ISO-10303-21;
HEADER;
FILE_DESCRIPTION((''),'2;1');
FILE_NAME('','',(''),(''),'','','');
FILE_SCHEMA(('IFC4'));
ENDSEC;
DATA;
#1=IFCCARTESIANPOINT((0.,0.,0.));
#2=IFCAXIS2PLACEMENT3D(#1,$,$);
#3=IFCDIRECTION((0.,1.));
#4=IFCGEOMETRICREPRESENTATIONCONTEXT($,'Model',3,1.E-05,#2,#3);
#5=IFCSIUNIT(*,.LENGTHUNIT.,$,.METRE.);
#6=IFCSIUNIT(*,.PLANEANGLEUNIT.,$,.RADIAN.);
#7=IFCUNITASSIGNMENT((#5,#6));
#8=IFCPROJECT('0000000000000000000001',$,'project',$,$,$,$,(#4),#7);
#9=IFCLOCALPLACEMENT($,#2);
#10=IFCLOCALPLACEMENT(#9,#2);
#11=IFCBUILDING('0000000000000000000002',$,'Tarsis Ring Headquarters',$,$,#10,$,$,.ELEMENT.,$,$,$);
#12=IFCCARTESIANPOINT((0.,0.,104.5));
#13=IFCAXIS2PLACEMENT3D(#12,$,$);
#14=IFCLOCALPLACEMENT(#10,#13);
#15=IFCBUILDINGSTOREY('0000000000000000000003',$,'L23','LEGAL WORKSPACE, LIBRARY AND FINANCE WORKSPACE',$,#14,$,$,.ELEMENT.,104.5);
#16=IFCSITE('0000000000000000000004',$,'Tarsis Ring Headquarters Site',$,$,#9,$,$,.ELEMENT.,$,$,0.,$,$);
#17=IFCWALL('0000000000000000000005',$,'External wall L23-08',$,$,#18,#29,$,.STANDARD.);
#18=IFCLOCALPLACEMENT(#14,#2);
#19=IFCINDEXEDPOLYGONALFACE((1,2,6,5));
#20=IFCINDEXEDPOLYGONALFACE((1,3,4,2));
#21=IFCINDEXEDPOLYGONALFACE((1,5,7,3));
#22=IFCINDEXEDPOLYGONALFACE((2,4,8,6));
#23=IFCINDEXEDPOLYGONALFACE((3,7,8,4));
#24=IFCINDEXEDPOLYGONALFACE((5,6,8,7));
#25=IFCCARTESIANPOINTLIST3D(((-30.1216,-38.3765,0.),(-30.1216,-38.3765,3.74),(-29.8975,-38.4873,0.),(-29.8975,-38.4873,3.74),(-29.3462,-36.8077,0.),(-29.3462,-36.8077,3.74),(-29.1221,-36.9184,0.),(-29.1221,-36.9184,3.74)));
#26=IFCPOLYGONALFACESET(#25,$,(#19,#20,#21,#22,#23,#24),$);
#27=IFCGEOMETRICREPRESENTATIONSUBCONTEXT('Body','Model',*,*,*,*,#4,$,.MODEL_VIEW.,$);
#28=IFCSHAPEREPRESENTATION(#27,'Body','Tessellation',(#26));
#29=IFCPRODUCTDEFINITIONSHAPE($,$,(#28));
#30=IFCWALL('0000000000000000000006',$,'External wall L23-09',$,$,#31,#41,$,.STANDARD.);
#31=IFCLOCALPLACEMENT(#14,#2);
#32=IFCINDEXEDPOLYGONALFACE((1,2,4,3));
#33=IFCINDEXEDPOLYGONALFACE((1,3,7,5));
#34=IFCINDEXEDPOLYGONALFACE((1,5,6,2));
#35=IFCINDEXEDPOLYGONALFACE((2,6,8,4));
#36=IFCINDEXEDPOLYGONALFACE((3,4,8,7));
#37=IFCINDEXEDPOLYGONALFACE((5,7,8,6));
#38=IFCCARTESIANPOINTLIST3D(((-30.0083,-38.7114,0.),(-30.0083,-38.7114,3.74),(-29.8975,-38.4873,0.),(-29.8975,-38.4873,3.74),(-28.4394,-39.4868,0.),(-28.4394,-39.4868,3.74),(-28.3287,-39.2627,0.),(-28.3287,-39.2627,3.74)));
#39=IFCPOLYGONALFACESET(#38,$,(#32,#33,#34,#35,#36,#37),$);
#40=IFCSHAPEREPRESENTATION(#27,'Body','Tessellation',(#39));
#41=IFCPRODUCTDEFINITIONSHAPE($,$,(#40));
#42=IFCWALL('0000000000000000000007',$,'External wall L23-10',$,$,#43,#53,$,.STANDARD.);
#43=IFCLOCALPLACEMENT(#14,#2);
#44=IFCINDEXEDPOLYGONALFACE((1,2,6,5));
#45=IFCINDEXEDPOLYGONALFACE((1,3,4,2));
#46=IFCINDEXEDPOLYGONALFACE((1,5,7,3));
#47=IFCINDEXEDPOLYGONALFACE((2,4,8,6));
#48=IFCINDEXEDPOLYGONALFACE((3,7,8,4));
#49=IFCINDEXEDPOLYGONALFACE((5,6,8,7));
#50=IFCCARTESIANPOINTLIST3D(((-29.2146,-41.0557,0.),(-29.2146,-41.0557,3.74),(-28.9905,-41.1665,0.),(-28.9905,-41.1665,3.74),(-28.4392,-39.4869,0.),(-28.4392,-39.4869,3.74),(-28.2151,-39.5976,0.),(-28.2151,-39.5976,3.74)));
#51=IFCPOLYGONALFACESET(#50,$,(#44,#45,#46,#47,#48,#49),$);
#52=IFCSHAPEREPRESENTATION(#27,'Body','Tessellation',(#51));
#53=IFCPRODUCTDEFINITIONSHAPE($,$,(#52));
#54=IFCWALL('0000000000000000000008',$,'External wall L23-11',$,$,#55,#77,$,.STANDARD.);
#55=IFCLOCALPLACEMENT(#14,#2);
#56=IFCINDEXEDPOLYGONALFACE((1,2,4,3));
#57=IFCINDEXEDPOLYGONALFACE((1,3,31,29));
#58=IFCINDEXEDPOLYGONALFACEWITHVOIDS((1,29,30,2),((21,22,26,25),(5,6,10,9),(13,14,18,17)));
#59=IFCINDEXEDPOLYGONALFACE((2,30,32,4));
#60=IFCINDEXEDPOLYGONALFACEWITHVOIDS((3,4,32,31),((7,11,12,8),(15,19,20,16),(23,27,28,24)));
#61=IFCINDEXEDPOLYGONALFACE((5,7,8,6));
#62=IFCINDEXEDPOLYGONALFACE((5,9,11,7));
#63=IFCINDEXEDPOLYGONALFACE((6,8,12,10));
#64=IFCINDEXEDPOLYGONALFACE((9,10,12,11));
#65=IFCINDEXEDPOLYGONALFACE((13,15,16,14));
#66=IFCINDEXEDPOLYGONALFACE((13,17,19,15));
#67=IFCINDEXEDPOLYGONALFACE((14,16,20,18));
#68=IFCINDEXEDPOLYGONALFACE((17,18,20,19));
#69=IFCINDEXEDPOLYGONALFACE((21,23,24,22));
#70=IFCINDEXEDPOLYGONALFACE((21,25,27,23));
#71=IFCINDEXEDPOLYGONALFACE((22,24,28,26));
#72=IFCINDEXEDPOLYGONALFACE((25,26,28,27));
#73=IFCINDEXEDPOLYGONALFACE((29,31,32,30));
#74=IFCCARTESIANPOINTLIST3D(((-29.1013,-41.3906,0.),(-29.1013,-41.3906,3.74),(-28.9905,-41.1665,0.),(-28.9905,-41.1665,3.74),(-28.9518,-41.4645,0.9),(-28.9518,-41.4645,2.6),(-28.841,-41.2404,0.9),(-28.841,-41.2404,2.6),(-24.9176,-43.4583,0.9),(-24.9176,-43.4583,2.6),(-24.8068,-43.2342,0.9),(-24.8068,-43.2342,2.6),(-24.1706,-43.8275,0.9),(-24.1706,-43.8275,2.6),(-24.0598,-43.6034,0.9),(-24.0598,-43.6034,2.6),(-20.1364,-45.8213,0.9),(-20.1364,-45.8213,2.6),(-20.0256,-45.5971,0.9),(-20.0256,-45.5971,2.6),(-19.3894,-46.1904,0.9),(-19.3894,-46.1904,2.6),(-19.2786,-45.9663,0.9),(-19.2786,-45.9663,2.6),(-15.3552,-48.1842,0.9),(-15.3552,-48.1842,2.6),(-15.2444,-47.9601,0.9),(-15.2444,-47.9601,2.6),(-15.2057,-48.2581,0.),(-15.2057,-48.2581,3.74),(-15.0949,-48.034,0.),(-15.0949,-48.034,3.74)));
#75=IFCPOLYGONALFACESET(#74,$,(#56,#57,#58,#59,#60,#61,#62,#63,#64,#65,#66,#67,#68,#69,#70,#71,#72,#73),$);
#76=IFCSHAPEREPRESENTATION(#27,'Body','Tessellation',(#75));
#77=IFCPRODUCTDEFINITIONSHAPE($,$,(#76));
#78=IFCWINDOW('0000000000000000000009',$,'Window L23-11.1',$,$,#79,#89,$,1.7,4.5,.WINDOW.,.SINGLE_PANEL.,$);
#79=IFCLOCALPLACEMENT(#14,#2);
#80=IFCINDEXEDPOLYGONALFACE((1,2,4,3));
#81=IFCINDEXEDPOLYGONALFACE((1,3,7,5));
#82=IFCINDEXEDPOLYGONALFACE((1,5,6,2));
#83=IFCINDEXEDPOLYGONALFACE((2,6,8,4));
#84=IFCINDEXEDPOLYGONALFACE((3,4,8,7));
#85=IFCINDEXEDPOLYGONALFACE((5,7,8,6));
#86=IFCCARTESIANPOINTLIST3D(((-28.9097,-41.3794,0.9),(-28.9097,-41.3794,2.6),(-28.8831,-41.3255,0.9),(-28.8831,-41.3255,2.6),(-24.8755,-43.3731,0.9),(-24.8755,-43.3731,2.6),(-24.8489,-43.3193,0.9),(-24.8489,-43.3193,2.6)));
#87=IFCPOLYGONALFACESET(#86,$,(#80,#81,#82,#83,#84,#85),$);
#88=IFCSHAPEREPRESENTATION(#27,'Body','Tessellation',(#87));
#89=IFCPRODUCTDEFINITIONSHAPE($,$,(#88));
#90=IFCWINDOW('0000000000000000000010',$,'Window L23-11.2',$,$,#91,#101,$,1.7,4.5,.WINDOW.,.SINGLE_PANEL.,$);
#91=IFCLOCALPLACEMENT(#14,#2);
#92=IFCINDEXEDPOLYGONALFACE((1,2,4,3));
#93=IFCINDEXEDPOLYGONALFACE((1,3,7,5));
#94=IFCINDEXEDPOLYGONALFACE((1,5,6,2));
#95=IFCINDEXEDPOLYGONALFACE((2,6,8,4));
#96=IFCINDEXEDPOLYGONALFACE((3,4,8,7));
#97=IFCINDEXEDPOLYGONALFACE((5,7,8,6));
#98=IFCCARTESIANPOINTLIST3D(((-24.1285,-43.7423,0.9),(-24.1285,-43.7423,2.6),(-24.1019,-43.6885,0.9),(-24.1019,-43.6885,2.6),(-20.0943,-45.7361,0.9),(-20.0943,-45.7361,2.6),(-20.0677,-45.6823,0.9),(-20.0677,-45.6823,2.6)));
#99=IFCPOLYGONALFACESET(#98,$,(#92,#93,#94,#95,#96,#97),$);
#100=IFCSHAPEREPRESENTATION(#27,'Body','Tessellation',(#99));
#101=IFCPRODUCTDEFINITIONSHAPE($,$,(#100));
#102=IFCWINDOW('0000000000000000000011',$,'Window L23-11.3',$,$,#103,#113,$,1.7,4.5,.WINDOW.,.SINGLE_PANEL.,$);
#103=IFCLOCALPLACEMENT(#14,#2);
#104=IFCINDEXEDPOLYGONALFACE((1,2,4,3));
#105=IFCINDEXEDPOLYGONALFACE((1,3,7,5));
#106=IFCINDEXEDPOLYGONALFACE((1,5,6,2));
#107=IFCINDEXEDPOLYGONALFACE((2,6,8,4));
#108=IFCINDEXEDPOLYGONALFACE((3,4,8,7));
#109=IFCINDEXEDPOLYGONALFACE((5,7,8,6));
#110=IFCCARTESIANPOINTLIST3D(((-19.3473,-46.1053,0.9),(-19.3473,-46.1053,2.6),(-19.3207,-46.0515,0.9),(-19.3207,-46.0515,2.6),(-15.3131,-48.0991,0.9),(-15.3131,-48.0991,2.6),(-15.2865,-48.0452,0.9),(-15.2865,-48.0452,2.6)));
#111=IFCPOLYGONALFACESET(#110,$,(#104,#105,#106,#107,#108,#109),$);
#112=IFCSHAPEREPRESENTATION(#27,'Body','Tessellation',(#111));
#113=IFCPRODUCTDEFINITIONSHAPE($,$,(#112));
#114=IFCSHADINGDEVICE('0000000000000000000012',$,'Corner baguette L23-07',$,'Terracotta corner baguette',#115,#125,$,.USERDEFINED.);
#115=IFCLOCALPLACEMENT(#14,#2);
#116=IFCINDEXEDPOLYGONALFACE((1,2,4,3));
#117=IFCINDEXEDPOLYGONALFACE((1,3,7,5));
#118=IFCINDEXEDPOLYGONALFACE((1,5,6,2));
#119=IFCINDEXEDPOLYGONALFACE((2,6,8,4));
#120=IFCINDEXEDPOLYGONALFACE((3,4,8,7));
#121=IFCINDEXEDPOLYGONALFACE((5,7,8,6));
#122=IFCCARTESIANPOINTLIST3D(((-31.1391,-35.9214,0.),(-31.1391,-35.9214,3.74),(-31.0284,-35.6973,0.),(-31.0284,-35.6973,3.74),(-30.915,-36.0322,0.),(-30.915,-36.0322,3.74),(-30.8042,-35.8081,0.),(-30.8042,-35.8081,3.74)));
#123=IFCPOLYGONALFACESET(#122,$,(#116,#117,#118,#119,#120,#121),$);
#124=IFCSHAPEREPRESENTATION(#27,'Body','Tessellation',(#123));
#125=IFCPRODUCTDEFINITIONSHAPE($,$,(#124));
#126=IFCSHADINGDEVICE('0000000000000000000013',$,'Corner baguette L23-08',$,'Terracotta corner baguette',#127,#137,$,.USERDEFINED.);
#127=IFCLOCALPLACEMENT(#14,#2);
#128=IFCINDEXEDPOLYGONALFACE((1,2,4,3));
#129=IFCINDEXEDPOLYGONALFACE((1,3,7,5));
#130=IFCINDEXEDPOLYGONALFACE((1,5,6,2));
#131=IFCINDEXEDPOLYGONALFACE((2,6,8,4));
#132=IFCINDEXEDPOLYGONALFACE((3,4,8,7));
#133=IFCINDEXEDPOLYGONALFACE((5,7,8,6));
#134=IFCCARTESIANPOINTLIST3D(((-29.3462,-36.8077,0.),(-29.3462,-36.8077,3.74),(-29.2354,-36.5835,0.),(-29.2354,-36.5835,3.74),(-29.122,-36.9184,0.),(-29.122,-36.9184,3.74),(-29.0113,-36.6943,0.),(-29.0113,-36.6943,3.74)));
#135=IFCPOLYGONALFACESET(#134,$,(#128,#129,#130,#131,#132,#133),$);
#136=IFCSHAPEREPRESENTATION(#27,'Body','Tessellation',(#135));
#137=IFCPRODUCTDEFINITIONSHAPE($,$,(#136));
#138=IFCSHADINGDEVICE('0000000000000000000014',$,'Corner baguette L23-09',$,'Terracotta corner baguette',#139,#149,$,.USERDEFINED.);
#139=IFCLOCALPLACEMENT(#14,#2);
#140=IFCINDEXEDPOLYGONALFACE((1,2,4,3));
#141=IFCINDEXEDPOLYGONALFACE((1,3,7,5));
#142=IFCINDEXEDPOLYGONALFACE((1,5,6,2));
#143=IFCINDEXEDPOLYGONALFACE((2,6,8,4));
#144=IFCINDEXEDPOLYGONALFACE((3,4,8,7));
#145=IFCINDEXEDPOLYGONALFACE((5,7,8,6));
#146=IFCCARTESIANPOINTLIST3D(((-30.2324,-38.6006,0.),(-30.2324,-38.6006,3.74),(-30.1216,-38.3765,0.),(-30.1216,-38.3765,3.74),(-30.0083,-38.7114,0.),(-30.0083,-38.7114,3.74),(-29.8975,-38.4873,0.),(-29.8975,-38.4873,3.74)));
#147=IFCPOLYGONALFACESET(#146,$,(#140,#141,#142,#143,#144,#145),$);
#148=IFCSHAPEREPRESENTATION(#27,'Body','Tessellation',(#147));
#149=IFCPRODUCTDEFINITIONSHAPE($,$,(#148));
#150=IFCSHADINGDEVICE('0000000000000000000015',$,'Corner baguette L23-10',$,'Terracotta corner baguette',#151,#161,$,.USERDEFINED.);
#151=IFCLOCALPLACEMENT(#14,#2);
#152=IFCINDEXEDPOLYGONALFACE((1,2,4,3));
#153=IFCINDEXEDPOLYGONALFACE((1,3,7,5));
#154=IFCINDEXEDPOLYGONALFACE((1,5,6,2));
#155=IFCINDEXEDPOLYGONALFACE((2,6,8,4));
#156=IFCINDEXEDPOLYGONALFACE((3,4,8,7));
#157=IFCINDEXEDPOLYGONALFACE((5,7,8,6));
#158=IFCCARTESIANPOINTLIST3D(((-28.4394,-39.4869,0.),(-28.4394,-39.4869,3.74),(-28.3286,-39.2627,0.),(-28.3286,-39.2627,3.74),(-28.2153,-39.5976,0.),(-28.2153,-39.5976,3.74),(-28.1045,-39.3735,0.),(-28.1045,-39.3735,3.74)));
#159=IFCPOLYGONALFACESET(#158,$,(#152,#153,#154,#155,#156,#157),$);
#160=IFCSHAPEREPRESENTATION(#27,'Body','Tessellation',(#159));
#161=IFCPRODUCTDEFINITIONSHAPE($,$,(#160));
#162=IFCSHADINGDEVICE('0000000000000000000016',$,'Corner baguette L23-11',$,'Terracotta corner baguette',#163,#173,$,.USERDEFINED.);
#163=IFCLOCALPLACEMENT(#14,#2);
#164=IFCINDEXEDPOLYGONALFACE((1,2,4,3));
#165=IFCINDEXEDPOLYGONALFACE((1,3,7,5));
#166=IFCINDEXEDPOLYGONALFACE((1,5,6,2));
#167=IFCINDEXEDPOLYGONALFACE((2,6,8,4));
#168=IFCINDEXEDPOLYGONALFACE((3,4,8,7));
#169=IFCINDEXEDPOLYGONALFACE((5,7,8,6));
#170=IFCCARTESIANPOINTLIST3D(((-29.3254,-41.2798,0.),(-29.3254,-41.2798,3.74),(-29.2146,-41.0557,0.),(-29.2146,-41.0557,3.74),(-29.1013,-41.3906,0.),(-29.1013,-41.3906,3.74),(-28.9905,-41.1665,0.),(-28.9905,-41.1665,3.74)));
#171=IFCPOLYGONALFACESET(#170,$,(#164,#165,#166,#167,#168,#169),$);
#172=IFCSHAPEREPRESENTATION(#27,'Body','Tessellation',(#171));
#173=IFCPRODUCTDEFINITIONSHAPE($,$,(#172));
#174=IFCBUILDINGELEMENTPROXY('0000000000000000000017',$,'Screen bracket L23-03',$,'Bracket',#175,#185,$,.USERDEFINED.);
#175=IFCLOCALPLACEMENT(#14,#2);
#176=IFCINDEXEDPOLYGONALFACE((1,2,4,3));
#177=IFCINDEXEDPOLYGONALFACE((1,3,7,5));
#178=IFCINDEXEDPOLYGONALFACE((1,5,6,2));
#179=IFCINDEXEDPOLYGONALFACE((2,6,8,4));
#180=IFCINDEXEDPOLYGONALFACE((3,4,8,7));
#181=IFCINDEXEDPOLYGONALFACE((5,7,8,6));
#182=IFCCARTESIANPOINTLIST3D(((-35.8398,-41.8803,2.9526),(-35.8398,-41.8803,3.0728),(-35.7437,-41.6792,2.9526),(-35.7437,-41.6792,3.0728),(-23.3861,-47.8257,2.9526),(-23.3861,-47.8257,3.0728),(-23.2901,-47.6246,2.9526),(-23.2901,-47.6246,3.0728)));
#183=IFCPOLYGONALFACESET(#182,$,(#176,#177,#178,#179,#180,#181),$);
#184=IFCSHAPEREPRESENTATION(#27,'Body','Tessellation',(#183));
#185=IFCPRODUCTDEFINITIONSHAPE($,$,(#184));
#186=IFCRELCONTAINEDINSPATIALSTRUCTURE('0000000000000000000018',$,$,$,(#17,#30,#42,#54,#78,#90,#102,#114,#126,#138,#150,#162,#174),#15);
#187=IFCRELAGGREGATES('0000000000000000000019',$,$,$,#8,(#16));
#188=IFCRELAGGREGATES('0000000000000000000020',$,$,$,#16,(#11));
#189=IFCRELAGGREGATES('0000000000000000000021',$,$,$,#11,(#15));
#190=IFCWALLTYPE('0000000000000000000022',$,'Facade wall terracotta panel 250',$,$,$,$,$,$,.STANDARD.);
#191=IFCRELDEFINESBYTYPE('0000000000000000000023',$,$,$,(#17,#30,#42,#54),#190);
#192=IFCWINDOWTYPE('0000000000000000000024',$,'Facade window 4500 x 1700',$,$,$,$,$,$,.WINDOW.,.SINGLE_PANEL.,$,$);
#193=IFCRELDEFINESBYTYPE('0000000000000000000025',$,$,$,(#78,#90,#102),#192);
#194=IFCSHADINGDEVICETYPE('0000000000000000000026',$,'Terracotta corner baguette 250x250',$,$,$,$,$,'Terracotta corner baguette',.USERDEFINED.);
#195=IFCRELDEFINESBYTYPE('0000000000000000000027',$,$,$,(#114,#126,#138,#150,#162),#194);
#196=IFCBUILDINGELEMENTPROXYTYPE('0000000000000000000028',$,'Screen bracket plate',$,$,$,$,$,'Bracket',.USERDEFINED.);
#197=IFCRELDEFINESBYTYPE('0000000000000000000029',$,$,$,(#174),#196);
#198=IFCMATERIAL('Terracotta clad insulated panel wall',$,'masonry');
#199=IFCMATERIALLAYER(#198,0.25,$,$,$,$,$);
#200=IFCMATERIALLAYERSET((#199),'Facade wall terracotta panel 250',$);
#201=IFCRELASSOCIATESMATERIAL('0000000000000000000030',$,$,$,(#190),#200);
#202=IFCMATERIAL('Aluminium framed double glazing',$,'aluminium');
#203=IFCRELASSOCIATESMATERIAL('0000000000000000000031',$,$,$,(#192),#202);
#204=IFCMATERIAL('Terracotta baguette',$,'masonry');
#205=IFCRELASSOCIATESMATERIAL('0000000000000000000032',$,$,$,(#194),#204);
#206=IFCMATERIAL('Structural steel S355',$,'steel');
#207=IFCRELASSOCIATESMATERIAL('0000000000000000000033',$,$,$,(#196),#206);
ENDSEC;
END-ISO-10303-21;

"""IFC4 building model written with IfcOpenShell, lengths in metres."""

from ifc_helpers import new_model, si_unit, direction, frame, frame_2d, origin, origin_2d, place, context, subcontext, project, spatial, rectangle, extrude, material, layer, layer_set, type_object, element, fill, save


model = new_model("IFC4")

# Units and contexts
model_context = context("Model", 3, precision=1e-05, world=origin(), true_north=direction((0.0, 1.0)))
body_context = subcontext(model_context, "Body", "Model", "MODEL_VIEW")
ifc_project = project(units=[si_unit("LENGTHUNIT", "METRE"), si_unit("PLANEANGLEUNIT", "RADIAN")], contexts=[model_context])

# Site, building, storey
site_placement = place(None, origin())
site = spatial("IfcSite", under=ifc_project, at=site_placement, Name="Tarsis Ring Headquarters Site", CompositionType="ELEMENT", RefElevation=0.0)
building_placement = place(site_placement, origin())
building = spatial("IfcBuilding", under=site, at=building_placement, Name="Tarsis Ring Headquarters", CompositionType="ELEMENT")
storey_placement = place(building_placement, frame((0.0, 0.0, 104.5)))
storey = spatial("IfcBuildingStorey", under=building, at=storey_placement, Name="L23", Description="LEGAL WORKSPACE, LIBRARY AND FINANCE WORKSPACE", CompositionType="ELEMENT", Elevation=104.5)

# Shared definitions
ifc_material_1 = material(Name="Structural steel S355", Category="steel")

# Walls
ifc_material_2 = material(Name="Terracotta clad insulated panel wall", Category="masonry")
ifc_layer_1 = layer(ifc_material_2, 0.25)
ifc_layer_set_1 = layer_set([ifc_layer_1], Name="Facade wall terracotta panel 250")
wall_type_1 = type_object("IfcWallType", Name="Facade wall terracotta panel 250", PredefinedType="STANDARD", material=ifc_layer_set_1)
for number, where, z_axis, x_axis, name in (
    (1, (-29.2341, -36.863, 0.0), (0.0, 0.0, 1.0), (-0.443079, -0.896482, 0.0), "External wall L23-08"),
    (2, (-29.9529, -38.5994, 0.0), (0.0, 0.0, 1.0), (0.896482, -0.443079, 0.0), "External wall L23-09"),
    (3, (-28.3271, -39.5422, 0.0), (0.0, 0.0, 1.0), (-0.443079, -0.896482, 0.0), "External wall L23-10"),
):
    element("IfcWall", number, at=place(storey_placement, frame(where, z_axis=z_axis, x_axis=x_axis)), inside=storey, type_object=wall_type_1, Name=name, PredefinedType="STANDARD", context=body_context, shape_type="SweptSolid", body=[
        extrude(rectangle(XDim=1.75, YDim=0.25, at=frame_2d((0.875, 0.0))), origin(), (0.0, 0.0, 1.0), 3.74),
    ])

# Wall, openings, windows
wall_1_placement = place(storey_placement, frame((-29.0459, -41.2786, 0.0), z_axis=(0.0, 0.0, 1.0), x_axis=(0.89649, -0.443063, 0.0)))
wall_1 = element("IfcWall", 4, at=wall_1_placement, inside=storey, type_object=wall_type_1, Name="External wall L23-11", PredefinedType="STANDARD", context=body_context, shape_type="SweptSolid", body=[
    extrude(rectangle(XDim=15.5, YDim=0.25, at=frame_2d((7.75, 0.0))), origin(), (0.0, 0.0, 1.0), 3.74),
])
opening_1_placement = place(wall_1_placement, frame((0.1667, 0.0, 0.8999)))
opening_1 = element("IfcOpeningElement", 5, at=opening_1_placement, cuts=wall_1, PredefinedType="OPENING", context=body_context, shape_type="SweptSolid", body=[
    extrude(rectangle(XDim=4.5, YDim=1.7, at=frame_2d((2.25, 0.8501))), frame((0.0, 0.135, 0.0), z_axis=(0.0, -1.0, 0.0), x_axis=(1.0, 0.0, 0.0)), (0.0, 0.0, 1.0), 0.27),
])
opening_2_placement = place(wall_1_placement, frame((5.5, 0.0, 0.8999)))
opening_2 = element("IfcOpeningElement", 6, at=opening_2_placement, cuts=wall_1, PredefinedType="OPENING", context=body_context, shape_type="SweptSolid", body=[
    extrude(rectangle(XDim=4.5, YDim=1.7, at=frame_2d((2.25, 0.8501))), frame((0.0, 0.135, 0.0), z_axis=(0.0, -1.0, 0.0), x_axis=(1.0, 0.0, 0.0)), (0.0, 0.0, 1.0), 0.27),
])
opening_3_placement = place(wall_1_placement, frame((10.8333, 0.0, 0.8999)))
opening_3 = element("IfcOpeningElement", 7, at=opening_3_placement, cuts=wall_1, PredefinedType="OPENING", context=body_context, shape_type="SweptSolid", body=[
    extrude(rectangle(XDim=4.5, YDim=1.7, at=frame_2d((2.25, 0.8501))), frame((0.0, 0.135, 0.0), z_axis=(0.0, -1.0, 0.0), x_axis=(1.0, 0.0, 0.0)), (0.0, 0.0, 1.0), 0.27),
])
ifc_material_3 = material(Name="Aluminium framed double glazing", Category="aluminium")
window_type = type_object("IfcWindowType", Name="Facade window 4500 x 1700", PartitioningType="SINGLE_PANEL", PredefinedType="WINDOW", material=ifc_material_3)
window_1_placement = place(opening_1_placement, origin())
window_1 = element("IfcWindow", 8, at=window_1_placement, inside=storey, type_object=window_type, Name="Window L23-11.1", OverallHeight=1.7, OverallWidth=4.5, PartitioningType="SINGLE_PANEL", PredefinedType="WINDOW", context=body_context, shape_type="SweptSolid", body=[
    extrude(rectangle(XDim=4.5, YDim=1.7, at=frame_2d((2.25, 0.8501))), frame((0.0, 0.03, 0.0), z_axis=(0.0, -1.0, 0.0), x_axis=(1.0, 0.0, 0.0)), (0.0, 0.0, 1.0), 0.0601),
])
fill(opening_1, window_1)
window_2_placement = place(opening_2_placement, origin())
window_2 = element("IfcWindow", 9, at=window_2_placement, inside=storey, type_object=window_type, Name="Window L23-11.2", OverallHeight=1.7, OverallWidth=4.5, PartitioningType="SINGLE_PANEL", PredefinedType="WINDOW", context=body_context, shape_type="SweptSolid", body=[
    extrude(rectangle(XDim=4.5, YDim=1.7, at=frame_2d((2.25, 0.8501))), frame((0.0, 0.03, 0.0), z_axis=(0.0, -1.0, 0.0), x_axis=(1.0, 0.0, 0.0)), (0.0, 0.0, 1.0), 0.0601),
])
fill(opening_2, window_2)
window_3_placement = place(opening_3_placement, origin())
window_3 = element("IfcWindow", 10, at=window_3_placement, inside=storey, type_object=window_type, Name="Window L23-11.3", OverallHeight=1.7, OverallWidth=4.5, PartitioningType="SINGLE_PANEL", PredefinedType="WINDOW", context=body_context, shape_type="SweptSolid", body=[
    extrude(rectangle(XDim=4.5, YDim=1.7, at=frame_2d((2.25, 0.8501))), frame((0.0, 0.03, 0.0), z_axis=(0.0, -1.0, 0.0), x_axis=(1.0, 0.0, 0.0)), (0.0, 0.0, 1.0), 0.0601),
])
fill(opening_3, window_3)

# Shading devices
ifc_material_4 = material(Name="Terracotta baguette", Category="masonry")
shading_device_type_1 = type_object("IfcShadingDeviceType", Name="Terracotta corner baguette 250x250", ElementType="Terracotta corner baguette", PredefinedType="USERDEFINED", material=ifc_material_4)
for number, where, z_axis, x_axis, name in (
    (11, (-30.9717, -35.8647, 0.0), (0.0, 0.0, 1.0), (-0.443071, -0.896486, 0.0), "Corner baguette L23-07"),
    (12, (-29.1787, -36.751, 0.0), (0.0, 0.0, 1.0), (0.896487, -0.443071, 0.0), "Corner baguette L23-08"),
    (13, (-30.0649, -38.5439, 0.0), (0.0, 0.0, 1.0), (-0.443071, -0.896486, 0.0), "Corner baguette L23-09"),
    (14, (-28.272, -39.4302, 0.0), (0.0, 0.0, 1.0), (0.896486, -0.443072, 0.0), "Corner baguette L23-10"),
    (15, (-29.158, -41.2231, 0.0), (0.0, 0.0, 1.0), (-0.443071, -0.896487, 0.0), "Corner baguette L23-11"),
):
    element("IfcShadingDevice", number, at=place(storey_placement, frame(where, z_axis=z_axis, x_axis=x_axis)), inside=storey, type_object=shading_device_type_1, Name=name, ObjectType="Terracotta corner baguette", PredefinedType="USERDEFINED", context=body_context, shape_type="SweptSolid", body=[
        extrude(rectangle(XDim=0.25, YDim=0.25, at=origin_2d()), origin(), (0.0, 0.0, 1.0), 3.74),
    ])

# Building element proxy
building_element_proxy_type = type_object("IfcBuildingElementProxyType", Name="Screen bracket plate", ElementType="Bracket", PredefinedType="USERDEFINED", material=ifc_material_1)
proxy_placement = place(storey_placement, frame((-29.5649, -44.7524, 2.9526), z_axis=(0.0, 0.0, 1.0), x_axis=(0.902435, -0.430826, 0.0)))
element("IfcBuildingElementProxy", 16, at=proxy_placement, inside=storey, type_object=building_element_proxy_type, Name="Screen bracket L23-03", ObjectType="Bracket", PredefinedType="USERDEFINED", context=body_context, shape_type="SweptSolid", body=[
    extrude(rectangle(XDim=13.8, YDim=0.2229, at=origin_2d()), origin(), (0.0, 0.0, 1.0), 0.1201),
])

save(model, "model.ifc")
